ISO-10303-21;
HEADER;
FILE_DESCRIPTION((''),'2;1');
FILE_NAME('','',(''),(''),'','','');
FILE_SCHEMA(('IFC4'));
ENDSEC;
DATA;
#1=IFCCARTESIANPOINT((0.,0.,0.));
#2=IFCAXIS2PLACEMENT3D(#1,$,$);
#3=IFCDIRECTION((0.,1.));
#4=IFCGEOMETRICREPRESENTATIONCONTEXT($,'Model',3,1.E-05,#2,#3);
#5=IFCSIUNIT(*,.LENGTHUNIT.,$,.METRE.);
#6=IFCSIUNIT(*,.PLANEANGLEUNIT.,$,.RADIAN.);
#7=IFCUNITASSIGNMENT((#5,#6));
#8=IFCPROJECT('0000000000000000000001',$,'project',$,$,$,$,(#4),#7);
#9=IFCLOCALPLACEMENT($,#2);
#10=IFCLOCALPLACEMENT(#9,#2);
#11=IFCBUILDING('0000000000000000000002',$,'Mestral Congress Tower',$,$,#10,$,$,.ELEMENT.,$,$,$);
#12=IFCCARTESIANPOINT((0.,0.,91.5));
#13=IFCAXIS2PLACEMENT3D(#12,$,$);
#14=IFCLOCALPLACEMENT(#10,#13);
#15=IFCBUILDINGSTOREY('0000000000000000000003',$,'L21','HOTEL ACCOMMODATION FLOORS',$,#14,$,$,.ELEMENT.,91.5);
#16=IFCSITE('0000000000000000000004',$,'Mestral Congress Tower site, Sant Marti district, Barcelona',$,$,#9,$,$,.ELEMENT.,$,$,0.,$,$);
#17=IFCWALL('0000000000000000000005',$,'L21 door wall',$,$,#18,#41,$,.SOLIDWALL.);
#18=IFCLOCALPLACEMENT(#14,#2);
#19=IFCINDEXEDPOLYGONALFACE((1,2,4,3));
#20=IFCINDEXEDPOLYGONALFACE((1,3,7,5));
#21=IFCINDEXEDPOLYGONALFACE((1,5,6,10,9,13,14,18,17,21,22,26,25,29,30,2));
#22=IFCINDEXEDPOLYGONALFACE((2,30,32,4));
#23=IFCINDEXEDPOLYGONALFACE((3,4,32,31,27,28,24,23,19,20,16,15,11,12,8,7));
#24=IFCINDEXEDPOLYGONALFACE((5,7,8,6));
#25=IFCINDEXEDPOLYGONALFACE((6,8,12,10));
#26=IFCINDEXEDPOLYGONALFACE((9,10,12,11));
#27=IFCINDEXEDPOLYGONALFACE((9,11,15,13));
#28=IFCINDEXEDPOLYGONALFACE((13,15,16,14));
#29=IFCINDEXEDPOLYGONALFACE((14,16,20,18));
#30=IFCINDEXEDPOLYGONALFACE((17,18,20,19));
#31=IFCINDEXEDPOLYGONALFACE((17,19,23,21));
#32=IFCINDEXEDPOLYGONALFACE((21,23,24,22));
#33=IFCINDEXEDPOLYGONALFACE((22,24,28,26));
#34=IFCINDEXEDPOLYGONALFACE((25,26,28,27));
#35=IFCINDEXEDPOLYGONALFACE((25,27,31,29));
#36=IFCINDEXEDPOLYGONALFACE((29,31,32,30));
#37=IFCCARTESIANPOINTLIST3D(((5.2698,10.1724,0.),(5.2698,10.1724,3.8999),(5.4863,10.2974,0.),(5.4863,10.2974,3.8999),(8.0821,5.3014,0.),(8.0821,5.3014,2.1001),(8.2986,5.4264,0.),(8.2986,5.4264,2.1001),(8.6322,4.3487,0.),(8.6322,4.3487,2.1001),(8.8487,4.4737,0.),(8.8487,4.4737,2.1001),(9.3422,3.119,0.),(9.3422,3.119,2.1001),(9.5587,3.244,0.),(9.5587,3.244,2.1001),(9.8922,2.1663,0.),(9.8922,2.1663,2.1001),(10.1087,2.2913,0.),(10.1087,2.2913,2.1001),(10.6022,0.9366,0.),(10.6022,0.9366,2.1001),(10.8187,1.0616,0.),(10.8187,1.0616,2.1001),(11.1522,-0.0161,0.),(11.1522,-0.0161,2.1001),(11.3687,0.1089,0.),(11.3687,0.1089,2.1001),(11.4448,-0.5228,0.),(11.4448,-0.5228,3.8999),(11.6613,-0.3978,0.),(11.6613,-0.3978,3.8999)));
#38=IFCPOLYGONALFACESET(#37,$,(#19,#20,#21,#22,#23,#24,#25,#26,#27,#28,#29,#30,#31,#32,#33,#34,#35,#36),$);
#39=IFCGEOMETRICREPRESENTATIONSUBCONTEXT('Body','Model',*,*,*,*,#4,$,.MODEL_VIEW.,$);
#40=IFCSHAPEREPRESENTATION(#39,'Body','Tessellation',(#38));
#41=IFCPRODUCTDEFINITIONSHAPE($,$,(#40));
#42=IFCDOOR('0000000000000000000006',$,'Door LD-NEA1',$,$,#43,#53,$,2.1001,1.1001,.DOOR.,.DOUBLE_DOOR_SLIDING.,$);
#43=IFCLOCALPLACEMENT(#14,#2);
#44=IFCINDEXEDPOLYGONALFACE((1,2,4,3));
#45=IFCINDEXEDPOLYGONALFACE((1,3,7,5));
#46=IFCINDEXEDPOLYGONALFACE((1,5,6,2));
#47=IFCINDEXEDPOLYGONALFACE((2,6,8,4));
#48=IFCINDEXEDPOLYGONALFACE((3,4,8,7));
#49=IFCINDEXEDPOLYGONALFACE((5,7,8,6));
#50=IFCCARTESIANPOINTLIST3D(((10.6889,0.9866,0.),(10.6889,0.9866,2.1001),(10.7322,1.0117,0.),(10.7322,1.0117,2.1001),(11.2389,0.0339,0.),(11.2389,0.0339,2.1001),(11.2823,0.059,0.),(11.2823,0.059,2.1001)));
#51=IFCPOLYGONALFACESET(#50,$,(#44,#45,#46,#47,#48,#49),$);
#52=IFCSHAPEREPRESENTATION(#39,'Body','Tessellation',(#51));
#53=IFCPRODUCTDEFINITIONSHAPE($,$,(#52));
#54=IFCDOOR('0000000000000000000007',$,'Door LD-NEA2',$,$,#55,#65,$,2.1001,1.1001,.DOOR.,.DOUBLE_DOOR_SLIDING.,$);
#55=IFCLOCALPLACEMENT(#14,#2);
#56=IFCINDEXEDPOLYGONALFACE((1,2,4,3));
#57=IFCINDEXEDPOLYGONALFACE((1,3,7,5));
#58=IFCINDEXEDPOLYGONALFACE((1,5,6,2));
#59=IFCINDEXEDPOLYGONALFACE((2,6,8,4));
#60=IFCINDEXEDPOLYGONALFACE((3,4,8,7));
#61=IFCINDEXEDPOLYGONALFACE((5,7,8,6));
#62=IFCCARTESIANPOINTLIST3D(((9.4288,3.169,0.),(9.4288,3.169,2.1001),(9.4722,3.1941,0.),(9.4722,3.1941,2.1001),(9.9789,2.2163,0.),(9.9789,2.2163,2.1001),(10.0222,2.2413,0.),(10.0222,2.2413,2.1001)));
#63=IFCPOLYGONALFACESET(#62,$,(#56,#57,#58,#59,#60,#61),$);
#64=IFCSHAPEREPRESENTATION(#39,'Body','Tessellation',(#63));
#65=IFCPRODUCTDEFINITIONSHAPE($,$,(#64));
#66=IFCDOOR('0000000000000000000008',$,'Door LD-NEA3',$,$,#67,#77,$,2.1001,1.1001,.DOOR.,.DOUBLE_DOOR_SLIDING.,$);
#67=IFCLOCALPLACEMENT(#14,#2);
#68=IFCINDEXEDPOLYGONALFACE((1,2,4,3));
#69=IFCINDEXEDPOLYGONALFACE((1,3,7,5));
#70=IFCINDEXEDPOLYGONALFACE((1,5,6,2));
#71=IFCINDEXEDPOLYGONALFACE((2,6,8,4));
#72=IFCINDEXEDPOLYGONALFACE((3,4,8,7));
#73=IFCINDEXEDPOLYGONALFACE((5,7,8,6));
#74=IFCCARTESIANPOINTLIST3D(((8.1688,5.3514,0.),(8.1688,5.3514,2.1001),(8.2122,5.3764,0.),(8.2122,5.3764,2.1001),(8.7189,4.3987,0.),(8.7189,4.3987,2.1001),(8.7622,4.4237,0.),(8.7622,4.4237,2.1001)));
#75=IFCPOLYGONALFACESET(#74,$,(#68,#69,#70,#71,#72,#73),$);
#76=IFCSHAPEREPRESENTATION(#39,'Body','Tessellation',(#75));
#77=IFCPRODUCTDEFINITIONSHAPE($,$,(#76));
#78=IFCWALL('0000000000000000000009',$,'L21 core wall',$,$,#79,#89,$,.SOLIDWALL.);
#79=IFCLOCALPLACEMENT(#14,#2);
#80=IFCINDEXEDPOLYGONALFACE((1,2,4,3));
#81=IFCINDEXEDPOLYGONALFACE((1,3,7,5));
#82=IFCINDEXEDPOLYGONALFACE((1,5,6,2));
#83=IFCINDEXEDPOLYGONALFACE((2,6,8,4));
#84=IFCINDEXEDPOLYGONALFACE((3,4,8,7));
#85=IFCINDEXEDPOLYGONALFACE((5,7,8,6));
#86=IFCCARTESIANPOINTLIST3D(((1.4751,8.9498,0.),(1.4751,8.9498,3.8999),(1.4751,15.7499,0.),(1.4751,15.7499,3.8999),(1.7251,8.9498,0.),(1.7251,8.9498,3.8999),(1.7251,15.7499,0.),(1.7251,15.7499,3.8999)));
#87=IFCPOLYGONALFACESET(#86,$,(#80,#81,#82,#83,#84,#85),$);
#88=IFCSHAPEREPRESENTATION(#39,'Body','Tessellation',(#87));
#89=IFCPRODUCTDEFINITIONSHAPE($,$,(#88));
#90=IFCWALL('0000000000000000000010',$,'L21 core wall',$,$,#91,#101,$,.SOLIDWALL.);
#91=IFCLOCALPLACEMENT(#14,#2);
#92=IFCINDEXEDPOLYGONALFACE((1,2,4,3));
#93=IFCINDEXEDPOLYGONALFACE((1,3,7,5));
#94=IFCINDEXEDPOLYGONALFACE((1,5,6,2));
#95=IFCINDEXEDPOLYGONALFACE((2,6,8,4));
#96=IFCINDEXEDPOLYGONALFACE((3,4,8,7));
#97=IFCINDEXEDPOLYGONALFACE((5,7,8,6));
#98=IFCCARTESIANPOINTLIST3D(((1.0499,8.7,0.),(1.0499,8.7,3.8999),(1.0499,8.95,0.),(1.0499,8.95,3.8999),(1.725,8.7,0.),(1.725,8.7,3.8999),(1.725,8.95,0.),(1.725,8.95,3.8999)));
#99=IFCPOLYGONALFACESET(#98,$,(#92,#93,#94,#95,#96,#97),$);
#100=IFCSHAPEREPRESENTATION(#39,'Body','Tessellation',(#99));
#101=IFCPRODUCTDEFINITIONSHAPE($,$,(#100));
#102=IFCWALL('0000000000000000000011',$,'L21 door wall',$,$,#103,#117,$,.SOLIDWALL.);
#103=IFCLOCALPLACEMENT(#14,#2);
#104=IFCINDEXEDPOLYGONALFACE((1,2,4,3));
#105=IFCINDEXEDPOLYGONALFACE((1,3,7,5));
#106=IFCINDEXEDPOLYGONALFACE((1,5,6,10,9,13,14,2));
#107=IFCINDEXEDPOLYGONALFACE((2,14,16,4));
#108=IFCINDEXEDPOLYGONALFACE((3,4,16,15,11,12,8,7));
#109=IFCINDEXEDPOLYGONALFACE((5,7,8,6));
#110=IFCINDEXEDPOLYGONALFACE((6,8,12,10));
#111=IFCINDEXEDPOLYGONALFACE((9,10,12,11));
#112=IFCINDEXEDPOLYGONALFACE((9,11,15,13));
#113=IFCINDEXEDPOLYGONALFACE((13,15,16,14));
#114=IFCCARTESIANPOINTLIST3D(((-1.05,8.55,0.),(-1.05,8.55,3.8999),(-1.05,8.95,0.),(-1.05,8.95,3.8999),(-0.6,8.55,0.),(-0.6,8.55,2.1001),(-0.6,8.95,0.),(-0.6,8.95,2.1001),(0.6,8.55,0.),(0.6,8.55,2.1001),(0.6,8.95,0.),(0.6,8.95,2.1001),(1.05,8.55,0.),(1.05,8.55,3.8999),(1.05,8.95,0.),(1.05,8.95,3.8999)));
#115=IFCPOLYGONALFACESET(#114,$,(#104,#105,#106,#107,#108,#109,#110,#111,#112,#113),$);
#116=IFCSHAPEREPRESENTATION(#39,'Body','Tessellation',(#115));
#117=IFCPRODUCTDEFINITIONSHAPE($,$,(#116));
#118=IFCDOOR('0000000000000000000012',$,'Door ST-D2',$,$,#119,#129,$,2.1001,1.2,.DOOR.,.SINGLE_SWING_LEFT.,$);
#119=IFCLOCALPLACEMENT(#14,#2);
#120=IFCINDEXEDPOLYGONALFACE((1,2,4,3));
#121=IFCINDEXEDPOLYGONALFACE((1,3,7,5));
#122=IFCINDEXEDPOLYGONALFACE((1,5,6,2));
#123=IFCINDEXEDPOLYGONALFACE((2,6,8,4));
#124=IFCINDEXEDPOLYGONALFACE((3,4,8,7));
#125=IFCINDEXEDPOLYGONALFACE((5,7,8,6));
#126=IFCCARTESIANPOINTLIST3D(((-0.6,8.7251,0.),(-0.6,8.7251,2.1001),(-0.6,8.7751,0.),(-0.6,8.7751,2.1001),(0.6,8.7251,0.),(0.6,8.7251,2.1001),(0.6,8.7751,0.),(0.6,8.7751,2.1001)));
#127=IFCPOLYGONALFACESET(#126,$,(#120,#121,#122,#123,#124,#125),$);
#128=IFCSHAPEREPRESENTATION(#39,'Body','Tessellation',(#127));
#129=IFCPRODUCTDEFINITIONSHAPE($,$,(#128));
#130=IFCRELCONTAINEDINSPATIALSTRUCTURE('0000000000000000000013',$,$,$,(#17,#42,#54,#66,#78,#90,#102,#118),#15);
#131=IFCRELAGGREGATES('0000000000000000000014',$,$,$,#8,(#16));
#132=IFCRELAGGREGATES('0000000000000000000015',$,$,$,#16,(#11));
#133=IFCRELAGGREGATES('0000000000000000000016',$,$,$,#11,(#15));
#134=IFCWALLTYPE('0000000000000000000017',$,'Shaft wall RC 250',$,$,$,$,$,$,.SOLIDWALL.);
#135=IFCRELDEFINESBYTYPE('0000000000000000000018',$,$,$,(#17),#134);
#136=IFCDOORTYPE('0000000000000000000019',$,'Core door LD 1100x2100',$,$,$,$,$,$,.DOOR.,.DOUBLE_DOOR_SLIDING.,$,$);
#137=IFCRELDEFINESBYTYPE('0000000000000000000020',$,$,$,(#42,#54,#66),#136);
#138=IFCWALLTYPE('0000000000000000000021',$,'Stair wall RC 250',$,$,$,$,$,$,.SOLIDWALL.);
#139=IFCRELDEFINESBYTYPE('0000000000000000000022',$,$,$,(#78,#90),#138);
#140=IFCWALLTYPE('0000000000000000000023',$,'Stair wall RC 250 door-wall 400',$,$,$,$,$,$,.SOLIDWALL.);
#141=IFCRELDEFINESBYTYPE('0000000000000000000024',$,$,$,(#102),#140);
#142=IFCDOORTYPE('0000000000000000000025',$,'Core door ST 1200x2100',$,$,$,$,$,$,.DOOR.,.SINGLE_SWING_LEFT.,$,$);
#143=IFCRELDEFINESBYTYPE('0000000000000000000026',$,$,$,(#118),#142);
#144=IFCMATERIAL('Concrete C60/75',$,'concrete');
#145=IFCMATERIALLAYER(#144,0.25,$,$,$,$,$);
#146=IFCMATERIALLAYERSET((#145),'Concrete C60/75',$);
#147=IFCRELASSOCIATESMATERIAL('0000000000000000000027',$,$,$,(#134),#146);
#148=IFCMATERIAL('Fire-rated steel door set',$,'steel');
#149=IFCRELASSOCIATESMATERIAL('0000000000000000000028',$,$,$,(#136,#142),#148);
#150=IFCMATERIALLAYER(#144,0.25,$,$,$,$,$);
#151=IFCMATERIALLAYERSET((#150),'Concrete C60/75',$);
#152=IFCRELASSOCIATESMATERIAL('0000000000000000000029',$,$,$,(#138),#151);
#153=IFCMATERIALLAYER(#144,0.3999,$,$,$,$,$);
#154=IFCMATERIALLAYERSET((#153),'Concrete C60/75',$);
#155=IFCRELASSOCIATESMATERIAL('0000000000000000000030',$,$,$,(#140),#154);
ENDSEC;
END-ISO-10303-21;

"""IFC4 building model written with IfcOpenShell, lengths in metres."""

from ifc_helpers import new_model, si_unit, direction, frame, frame_2d, origin, place, context, subcontext, project, spatial, rectangle, extrude, material, layer, layer_set, type_object, element, fill, save


model = new_model("IFC4")

# Units and contexts
model_context = context("Model", 3, precision=1e-05, world=origin(), true_north=direction((0.0, 1.0)))
body_context = subcontext(model_context, "Body", "Model", "MODEL_VIEW")
ifc_project = project(units=[si_unit("LENGTHUNIT", "METRE"), si_unit("PLANEANGLEUNIT", "RADIAN")], contexts=[model_context])

# Site, building, storey
site_placement = place(None, origin())
site = spatial("IfcSite", under=ifc_project, at=site_placement, Name="Mestral Congress Tower site, Sant Marti district, Barcelona", CompositionType="ELEMENT", RefElevation=0.0)
building_placement = place(site_placement, origin())
building = spatial("IfcBuilding", under=site, at=building_placement, Name="Mestral Congress Tower", CompositionType="ELEMENT")
storey_placement = place(building_placement, frame((0.0, 0.0, 91.5)))
storey = spatial("IfcBuildingStorey", under=building, at=storey_placement, Name="L21", Description="HOTEL ACCOMMODATION FLOORS", CompositionType="ELEMENT", Elevation=91.5)

# Shared definitions
ifc_material_1 = material(Name="Fire-rated steel door set", Category="steel")

# Shared definitions
ifc_material_2 = material(Name="Concrete C60/75", Category="concrete")
ifc_layer_1 = layer(ifc_material_2, 0.25)
ifc_layer_set_1 = layer_set([ifc_layer_1], Name="Concrete C60/75")
wall_type_1 = type_object("IfcWallType", Name="Shaft wall RC 250", PredefinedType="SOLIDWALL", material=ifc_layer_set_1)

# Wall, openings, doors
wall_1_placement = place(storey_placement, frame((11.553, -0.4602, 0.0), z_axis=(0.0, 0.0, 1.0), x_axis=(-0.500007, 0.866022, 0.0)))
wall_1 = element("IfcWall", 1, at=wall_1_placement, inside=storey, type_object=wall_type_1, Name="L21 door wall", PredefinedType="SOLIDWALL", context=body_context, shape_type="SweptSolid", body=[
    extrude(rectangle(XDim=12.3499, YDim=0.25, at=frame_2d((6.1748, 0.0))), origin(), (0.0, 0.0, 1.0), 3.8999),
])
opening_1_placement = place(wall_1_placement, frame((0.585, 0.0, 0.0)))
opening_1 = element("IfcOpeningElement", 2, at=opening_1_placement, cuts=wall_1, PredefinedType="OPENING", context=body_context, shape_type="SweptSolid", body=[
    extrude(rectangle(XDim=1.1001, YDim=2.1001, at=frame_2d((0.55, 1.05))), frame((0.0, 0.135, 0.0), z_axis=(0.0, -1.0, 0.0), x_axis=(1.0, 0.0, 0.0)), (0.0, 0.0, 1.0), 0.27),
])
opening_2_placement = place(wall_1_placement, frame((3.105, 0.0, 0.0)))
opening_2 = element("IfcOpeningElement", 3, at=opening_2_placement, cuts=wall_1, PredefinedType="OPENING", context=body_context, shape_type="SweptSolid", body=[
    extrude(rectangle(XDim=1.1001, YDim=2.1001, at=frame_2d((0.55, 1.05))), frame((0.0, 0.135, 0.0), z_axis=(0.0, -1.0, 0.0), x_axis=(1.0, 0.0, 0.0)), (0.0, 0.0, 1.0), 0.27),
])
opening_3_placement = place(wall_1_placement, frame((5.625, 0.0, 0.0)))
opening_3 = element("IfcOpeningElement", 4, at=opening_3_placement, cuts=wall_1, PredefinedType="OPENING", context=body_context, shape_type="SweptSolid", body=[
    extrude(rectangle(XDim=1.1001, YDim=2.1001, at=frame_2d((0.55, 1.05))), frame((0.0, 0.135, 0.0), z_axis=(0.0, -1.0, 0.0), x_axis=(1.0, 0.0, 0.0)), (0.0, 0.0, 1.0), 0.27),
])
door_type_1 = type_object("IfcDoorType", Name="Core door LD 1100x2100", OperationType="DOUBLE_DOOR_SLIDING", PredefinedType="DOOR", material=ifc_material_1)
door_1_placement = place(opening_1_placement, origin())
door_1 = element("IfcDoor", 5, at=door_1_placement, inside=storey, type_object=door_type_1, Name="Door LD-NEA1", OperationType="DOUBLE_DOOR_SLIDING", OverallHeight=2.1001, OverallWidth=1.1001, PredefinedType="DOOR", context=body_context, shape_type="SweptSolid", body=[
    extrude(rectangle(XDim=1.1001, YDim=2.1001, at=frame_2d((0.55, 1.05))), frame((0.0, 0.0249, 0.0), z_axis=(0.0, -1.0, 0.0), x_axis=(1.0, 0.0, 0.0)), (0.0, 0.0, 1.0), 0.05),
])
fill(opening_1, door_1)
door_2_placement = place(opening_2_placement, origin())
door_2 = element("IfcDoor", 6, at=door_2_placement, inside=storey, type_object=door_type_1, Name="Door LD-NEA2", OperationType="DOUBLE_DOOR_SLIDING", OverallHeight=2.1001, OverallWidth=1.1001, PredefinedType="DOOR", context=body_context, shape_type="SweptSolid", body=[
    extrude(rectangle(XDim=1.1001, YDim=2.1001, at=frame_2d((0.55, 1.05))), frame((0.0, 0.0249, 0.0), z_axis=(0.0, -1.0, 0.0), x_axis=(1.0, 0.0, 0.0)), (0.0, 0.0, 1.0), 0.05),
])
fill(opening_2, door_2)
door_3_placement = place(opening_3_placement, origin())
door_3 = element("IfcDoor", 7, at=door_3_placement, inside=storey, type_object=door_type_1, Name="Door LD-NEA3", OperationType="DOUBLE_DOOR_SLIDING", OverallHeight=2.1001, OverallWidth=1.1001, PredefinedType="DOOR", context=body_context, shape_type="SweptSolid", body=[
    extrude(rectangle(XDim=1.1001, YDim=2.1001, at=frame_2d((0.55, 1.05))), frame((0.0, 0.0249, 0.0), z_axis=(0.0, -1.0, 0.0), x_axis=(1.0, 0.0, 0.0)), (0.0, 0.0, 1.0), 0.05),
])
fill(opening_3, door_3)

# Walls
ifc_layer_2 = layer(ifc_material_2, 0.25)
ifc_layer_set_2 = layer_set([ifc_layer_2], Name="Concrete C60/75")
wall_type_2 = type_object("IfcWallType", Name="Stair wall RC 250", PredefinedType="SOLIDWALL", material=ifc_layer_set_2)
wall_2_placement = place(storey_placement, frame((1.6001, 8.95, 0.0), z_axis=(0.0, 0.0, 1.0), x_axis=(0.0, 1.0, 0.0)))
element("IfcWall", 8, at=wall_2_placement, inside=storey, type_object=wall_type_2, Name="L21 core wall", PredefinedType="SOLIDWALL", context=body_context, shape_type="SweptSolid", body=[
    extrude(rectangle(XDim=6.8, YDim=0.25, at=frame_2d((3.3999, 0.0))), origin(), (0.0, 0.0, 1.0), 3.8999),
])
wall_3_placement = place(storey_placement, frame((1.05, 8.825, 0.0), z_axis=(0.0, 0.0, 1.0), x_axis=(1.0, 0.0, 0.0)))
element("IfcWall", 9, at=wall_3_placement, inside=storey, type_object=wall_type_2, Name="L21 core wall", PredefinedType="SOLIDWALL", context=body_context, shape_type="SweptSolid", body=[
    extrude(rectangle(XDim=0.675, YDim=0.25, at=frame_2d((0.3374, 0.0))), origin(), (0.0, 0.0, 1.0), 3.8999),
])

# Wall, opening, door
ifc_layer_3 = layer(ifc_material_2, 0.3999)
ifc_layer_set_3 = layer_set([ifc_layer_3], Name="Concrete C60/75")
wall_type_3 = type_object("IfcWallType", Name="Stair wall RC 250 door-wall 400", PredefinedType="SOLIDWALL", material=ifc_layer_set_3)
wall_4_placement = place(storey_placement, frame((1.05, 8.75, 0.0), z_axis=(0.0, 0.0, 1.0), x_axis=(-1.0, 0.0, 0.0)))
wall_4 = element("IfcWall", 10, at=wall_4_placement, inside=storey, type_object=wall_type_3, Name="L21 door wall", PredefinedType="SOLIDWALL", context=body_context, shape_type="SweptSolid", body=[
    extrude(rectangle(XDim=2.1001, YDim=0.3999, at=frame_2d((1.05, 0.0))), origin(), (0.0, 0.0, 1.0), 3.8999),
])
opening_4_placement = place(wall_4_placement, frame((0.45, 0.0, 0.0)))
opening_4 = element("IfcOpeningElement", 11, at=opening_4_placement, cuts=wall_4, PredefinedType="OPENING", context=body_context, shape_type="SweptSolid", body=[
    extrude(rectangle(XDim=1.2, YDim=2.1001, at=frame_2d((0.6001, 1.05))), frame((0.0, 0.21, 0.0), z_axis=(0.0, -1.0, 0.0), x_axis=(1.0, 0.0, 0.0)), (0.0, 0.0, 1.0), 0.4199),
])
door_type_2 = type_object("IfcDoorType", Name="Core door ST 1200x2100", OperationType="SINGLE_SWING_LEFT", PredefinedType="DOOR", material=ifc_material_1)
door_4_placement = place(opening_4_placement, origin())
door_4 = element("IfcDoor", 12, at=door_4_placement, inside=storey, type_object=door_type_2, Name="Door ST-D2", OperationType="SINGLE_SWING_LEFT", OverallHeight=2.1001, OverallWidth=1.2, PredefinedType="DOOR", context=body_context, shape_type="SweptSolid", body=[
    extrude(rectangle(XDim=1.2, YDim=2.1001, at=frame_2d((0.6001, 1.05))), frame((0.0, 0.0249, 0.0), z_axis=(0.0, -1.0, 0.0), x_axis=(1.0, 0.0, 0.0)), (0.0, 0.0, 1.0), 0.05),
])
fill(opening_4, door_4)

save(model, "model.ifc")
